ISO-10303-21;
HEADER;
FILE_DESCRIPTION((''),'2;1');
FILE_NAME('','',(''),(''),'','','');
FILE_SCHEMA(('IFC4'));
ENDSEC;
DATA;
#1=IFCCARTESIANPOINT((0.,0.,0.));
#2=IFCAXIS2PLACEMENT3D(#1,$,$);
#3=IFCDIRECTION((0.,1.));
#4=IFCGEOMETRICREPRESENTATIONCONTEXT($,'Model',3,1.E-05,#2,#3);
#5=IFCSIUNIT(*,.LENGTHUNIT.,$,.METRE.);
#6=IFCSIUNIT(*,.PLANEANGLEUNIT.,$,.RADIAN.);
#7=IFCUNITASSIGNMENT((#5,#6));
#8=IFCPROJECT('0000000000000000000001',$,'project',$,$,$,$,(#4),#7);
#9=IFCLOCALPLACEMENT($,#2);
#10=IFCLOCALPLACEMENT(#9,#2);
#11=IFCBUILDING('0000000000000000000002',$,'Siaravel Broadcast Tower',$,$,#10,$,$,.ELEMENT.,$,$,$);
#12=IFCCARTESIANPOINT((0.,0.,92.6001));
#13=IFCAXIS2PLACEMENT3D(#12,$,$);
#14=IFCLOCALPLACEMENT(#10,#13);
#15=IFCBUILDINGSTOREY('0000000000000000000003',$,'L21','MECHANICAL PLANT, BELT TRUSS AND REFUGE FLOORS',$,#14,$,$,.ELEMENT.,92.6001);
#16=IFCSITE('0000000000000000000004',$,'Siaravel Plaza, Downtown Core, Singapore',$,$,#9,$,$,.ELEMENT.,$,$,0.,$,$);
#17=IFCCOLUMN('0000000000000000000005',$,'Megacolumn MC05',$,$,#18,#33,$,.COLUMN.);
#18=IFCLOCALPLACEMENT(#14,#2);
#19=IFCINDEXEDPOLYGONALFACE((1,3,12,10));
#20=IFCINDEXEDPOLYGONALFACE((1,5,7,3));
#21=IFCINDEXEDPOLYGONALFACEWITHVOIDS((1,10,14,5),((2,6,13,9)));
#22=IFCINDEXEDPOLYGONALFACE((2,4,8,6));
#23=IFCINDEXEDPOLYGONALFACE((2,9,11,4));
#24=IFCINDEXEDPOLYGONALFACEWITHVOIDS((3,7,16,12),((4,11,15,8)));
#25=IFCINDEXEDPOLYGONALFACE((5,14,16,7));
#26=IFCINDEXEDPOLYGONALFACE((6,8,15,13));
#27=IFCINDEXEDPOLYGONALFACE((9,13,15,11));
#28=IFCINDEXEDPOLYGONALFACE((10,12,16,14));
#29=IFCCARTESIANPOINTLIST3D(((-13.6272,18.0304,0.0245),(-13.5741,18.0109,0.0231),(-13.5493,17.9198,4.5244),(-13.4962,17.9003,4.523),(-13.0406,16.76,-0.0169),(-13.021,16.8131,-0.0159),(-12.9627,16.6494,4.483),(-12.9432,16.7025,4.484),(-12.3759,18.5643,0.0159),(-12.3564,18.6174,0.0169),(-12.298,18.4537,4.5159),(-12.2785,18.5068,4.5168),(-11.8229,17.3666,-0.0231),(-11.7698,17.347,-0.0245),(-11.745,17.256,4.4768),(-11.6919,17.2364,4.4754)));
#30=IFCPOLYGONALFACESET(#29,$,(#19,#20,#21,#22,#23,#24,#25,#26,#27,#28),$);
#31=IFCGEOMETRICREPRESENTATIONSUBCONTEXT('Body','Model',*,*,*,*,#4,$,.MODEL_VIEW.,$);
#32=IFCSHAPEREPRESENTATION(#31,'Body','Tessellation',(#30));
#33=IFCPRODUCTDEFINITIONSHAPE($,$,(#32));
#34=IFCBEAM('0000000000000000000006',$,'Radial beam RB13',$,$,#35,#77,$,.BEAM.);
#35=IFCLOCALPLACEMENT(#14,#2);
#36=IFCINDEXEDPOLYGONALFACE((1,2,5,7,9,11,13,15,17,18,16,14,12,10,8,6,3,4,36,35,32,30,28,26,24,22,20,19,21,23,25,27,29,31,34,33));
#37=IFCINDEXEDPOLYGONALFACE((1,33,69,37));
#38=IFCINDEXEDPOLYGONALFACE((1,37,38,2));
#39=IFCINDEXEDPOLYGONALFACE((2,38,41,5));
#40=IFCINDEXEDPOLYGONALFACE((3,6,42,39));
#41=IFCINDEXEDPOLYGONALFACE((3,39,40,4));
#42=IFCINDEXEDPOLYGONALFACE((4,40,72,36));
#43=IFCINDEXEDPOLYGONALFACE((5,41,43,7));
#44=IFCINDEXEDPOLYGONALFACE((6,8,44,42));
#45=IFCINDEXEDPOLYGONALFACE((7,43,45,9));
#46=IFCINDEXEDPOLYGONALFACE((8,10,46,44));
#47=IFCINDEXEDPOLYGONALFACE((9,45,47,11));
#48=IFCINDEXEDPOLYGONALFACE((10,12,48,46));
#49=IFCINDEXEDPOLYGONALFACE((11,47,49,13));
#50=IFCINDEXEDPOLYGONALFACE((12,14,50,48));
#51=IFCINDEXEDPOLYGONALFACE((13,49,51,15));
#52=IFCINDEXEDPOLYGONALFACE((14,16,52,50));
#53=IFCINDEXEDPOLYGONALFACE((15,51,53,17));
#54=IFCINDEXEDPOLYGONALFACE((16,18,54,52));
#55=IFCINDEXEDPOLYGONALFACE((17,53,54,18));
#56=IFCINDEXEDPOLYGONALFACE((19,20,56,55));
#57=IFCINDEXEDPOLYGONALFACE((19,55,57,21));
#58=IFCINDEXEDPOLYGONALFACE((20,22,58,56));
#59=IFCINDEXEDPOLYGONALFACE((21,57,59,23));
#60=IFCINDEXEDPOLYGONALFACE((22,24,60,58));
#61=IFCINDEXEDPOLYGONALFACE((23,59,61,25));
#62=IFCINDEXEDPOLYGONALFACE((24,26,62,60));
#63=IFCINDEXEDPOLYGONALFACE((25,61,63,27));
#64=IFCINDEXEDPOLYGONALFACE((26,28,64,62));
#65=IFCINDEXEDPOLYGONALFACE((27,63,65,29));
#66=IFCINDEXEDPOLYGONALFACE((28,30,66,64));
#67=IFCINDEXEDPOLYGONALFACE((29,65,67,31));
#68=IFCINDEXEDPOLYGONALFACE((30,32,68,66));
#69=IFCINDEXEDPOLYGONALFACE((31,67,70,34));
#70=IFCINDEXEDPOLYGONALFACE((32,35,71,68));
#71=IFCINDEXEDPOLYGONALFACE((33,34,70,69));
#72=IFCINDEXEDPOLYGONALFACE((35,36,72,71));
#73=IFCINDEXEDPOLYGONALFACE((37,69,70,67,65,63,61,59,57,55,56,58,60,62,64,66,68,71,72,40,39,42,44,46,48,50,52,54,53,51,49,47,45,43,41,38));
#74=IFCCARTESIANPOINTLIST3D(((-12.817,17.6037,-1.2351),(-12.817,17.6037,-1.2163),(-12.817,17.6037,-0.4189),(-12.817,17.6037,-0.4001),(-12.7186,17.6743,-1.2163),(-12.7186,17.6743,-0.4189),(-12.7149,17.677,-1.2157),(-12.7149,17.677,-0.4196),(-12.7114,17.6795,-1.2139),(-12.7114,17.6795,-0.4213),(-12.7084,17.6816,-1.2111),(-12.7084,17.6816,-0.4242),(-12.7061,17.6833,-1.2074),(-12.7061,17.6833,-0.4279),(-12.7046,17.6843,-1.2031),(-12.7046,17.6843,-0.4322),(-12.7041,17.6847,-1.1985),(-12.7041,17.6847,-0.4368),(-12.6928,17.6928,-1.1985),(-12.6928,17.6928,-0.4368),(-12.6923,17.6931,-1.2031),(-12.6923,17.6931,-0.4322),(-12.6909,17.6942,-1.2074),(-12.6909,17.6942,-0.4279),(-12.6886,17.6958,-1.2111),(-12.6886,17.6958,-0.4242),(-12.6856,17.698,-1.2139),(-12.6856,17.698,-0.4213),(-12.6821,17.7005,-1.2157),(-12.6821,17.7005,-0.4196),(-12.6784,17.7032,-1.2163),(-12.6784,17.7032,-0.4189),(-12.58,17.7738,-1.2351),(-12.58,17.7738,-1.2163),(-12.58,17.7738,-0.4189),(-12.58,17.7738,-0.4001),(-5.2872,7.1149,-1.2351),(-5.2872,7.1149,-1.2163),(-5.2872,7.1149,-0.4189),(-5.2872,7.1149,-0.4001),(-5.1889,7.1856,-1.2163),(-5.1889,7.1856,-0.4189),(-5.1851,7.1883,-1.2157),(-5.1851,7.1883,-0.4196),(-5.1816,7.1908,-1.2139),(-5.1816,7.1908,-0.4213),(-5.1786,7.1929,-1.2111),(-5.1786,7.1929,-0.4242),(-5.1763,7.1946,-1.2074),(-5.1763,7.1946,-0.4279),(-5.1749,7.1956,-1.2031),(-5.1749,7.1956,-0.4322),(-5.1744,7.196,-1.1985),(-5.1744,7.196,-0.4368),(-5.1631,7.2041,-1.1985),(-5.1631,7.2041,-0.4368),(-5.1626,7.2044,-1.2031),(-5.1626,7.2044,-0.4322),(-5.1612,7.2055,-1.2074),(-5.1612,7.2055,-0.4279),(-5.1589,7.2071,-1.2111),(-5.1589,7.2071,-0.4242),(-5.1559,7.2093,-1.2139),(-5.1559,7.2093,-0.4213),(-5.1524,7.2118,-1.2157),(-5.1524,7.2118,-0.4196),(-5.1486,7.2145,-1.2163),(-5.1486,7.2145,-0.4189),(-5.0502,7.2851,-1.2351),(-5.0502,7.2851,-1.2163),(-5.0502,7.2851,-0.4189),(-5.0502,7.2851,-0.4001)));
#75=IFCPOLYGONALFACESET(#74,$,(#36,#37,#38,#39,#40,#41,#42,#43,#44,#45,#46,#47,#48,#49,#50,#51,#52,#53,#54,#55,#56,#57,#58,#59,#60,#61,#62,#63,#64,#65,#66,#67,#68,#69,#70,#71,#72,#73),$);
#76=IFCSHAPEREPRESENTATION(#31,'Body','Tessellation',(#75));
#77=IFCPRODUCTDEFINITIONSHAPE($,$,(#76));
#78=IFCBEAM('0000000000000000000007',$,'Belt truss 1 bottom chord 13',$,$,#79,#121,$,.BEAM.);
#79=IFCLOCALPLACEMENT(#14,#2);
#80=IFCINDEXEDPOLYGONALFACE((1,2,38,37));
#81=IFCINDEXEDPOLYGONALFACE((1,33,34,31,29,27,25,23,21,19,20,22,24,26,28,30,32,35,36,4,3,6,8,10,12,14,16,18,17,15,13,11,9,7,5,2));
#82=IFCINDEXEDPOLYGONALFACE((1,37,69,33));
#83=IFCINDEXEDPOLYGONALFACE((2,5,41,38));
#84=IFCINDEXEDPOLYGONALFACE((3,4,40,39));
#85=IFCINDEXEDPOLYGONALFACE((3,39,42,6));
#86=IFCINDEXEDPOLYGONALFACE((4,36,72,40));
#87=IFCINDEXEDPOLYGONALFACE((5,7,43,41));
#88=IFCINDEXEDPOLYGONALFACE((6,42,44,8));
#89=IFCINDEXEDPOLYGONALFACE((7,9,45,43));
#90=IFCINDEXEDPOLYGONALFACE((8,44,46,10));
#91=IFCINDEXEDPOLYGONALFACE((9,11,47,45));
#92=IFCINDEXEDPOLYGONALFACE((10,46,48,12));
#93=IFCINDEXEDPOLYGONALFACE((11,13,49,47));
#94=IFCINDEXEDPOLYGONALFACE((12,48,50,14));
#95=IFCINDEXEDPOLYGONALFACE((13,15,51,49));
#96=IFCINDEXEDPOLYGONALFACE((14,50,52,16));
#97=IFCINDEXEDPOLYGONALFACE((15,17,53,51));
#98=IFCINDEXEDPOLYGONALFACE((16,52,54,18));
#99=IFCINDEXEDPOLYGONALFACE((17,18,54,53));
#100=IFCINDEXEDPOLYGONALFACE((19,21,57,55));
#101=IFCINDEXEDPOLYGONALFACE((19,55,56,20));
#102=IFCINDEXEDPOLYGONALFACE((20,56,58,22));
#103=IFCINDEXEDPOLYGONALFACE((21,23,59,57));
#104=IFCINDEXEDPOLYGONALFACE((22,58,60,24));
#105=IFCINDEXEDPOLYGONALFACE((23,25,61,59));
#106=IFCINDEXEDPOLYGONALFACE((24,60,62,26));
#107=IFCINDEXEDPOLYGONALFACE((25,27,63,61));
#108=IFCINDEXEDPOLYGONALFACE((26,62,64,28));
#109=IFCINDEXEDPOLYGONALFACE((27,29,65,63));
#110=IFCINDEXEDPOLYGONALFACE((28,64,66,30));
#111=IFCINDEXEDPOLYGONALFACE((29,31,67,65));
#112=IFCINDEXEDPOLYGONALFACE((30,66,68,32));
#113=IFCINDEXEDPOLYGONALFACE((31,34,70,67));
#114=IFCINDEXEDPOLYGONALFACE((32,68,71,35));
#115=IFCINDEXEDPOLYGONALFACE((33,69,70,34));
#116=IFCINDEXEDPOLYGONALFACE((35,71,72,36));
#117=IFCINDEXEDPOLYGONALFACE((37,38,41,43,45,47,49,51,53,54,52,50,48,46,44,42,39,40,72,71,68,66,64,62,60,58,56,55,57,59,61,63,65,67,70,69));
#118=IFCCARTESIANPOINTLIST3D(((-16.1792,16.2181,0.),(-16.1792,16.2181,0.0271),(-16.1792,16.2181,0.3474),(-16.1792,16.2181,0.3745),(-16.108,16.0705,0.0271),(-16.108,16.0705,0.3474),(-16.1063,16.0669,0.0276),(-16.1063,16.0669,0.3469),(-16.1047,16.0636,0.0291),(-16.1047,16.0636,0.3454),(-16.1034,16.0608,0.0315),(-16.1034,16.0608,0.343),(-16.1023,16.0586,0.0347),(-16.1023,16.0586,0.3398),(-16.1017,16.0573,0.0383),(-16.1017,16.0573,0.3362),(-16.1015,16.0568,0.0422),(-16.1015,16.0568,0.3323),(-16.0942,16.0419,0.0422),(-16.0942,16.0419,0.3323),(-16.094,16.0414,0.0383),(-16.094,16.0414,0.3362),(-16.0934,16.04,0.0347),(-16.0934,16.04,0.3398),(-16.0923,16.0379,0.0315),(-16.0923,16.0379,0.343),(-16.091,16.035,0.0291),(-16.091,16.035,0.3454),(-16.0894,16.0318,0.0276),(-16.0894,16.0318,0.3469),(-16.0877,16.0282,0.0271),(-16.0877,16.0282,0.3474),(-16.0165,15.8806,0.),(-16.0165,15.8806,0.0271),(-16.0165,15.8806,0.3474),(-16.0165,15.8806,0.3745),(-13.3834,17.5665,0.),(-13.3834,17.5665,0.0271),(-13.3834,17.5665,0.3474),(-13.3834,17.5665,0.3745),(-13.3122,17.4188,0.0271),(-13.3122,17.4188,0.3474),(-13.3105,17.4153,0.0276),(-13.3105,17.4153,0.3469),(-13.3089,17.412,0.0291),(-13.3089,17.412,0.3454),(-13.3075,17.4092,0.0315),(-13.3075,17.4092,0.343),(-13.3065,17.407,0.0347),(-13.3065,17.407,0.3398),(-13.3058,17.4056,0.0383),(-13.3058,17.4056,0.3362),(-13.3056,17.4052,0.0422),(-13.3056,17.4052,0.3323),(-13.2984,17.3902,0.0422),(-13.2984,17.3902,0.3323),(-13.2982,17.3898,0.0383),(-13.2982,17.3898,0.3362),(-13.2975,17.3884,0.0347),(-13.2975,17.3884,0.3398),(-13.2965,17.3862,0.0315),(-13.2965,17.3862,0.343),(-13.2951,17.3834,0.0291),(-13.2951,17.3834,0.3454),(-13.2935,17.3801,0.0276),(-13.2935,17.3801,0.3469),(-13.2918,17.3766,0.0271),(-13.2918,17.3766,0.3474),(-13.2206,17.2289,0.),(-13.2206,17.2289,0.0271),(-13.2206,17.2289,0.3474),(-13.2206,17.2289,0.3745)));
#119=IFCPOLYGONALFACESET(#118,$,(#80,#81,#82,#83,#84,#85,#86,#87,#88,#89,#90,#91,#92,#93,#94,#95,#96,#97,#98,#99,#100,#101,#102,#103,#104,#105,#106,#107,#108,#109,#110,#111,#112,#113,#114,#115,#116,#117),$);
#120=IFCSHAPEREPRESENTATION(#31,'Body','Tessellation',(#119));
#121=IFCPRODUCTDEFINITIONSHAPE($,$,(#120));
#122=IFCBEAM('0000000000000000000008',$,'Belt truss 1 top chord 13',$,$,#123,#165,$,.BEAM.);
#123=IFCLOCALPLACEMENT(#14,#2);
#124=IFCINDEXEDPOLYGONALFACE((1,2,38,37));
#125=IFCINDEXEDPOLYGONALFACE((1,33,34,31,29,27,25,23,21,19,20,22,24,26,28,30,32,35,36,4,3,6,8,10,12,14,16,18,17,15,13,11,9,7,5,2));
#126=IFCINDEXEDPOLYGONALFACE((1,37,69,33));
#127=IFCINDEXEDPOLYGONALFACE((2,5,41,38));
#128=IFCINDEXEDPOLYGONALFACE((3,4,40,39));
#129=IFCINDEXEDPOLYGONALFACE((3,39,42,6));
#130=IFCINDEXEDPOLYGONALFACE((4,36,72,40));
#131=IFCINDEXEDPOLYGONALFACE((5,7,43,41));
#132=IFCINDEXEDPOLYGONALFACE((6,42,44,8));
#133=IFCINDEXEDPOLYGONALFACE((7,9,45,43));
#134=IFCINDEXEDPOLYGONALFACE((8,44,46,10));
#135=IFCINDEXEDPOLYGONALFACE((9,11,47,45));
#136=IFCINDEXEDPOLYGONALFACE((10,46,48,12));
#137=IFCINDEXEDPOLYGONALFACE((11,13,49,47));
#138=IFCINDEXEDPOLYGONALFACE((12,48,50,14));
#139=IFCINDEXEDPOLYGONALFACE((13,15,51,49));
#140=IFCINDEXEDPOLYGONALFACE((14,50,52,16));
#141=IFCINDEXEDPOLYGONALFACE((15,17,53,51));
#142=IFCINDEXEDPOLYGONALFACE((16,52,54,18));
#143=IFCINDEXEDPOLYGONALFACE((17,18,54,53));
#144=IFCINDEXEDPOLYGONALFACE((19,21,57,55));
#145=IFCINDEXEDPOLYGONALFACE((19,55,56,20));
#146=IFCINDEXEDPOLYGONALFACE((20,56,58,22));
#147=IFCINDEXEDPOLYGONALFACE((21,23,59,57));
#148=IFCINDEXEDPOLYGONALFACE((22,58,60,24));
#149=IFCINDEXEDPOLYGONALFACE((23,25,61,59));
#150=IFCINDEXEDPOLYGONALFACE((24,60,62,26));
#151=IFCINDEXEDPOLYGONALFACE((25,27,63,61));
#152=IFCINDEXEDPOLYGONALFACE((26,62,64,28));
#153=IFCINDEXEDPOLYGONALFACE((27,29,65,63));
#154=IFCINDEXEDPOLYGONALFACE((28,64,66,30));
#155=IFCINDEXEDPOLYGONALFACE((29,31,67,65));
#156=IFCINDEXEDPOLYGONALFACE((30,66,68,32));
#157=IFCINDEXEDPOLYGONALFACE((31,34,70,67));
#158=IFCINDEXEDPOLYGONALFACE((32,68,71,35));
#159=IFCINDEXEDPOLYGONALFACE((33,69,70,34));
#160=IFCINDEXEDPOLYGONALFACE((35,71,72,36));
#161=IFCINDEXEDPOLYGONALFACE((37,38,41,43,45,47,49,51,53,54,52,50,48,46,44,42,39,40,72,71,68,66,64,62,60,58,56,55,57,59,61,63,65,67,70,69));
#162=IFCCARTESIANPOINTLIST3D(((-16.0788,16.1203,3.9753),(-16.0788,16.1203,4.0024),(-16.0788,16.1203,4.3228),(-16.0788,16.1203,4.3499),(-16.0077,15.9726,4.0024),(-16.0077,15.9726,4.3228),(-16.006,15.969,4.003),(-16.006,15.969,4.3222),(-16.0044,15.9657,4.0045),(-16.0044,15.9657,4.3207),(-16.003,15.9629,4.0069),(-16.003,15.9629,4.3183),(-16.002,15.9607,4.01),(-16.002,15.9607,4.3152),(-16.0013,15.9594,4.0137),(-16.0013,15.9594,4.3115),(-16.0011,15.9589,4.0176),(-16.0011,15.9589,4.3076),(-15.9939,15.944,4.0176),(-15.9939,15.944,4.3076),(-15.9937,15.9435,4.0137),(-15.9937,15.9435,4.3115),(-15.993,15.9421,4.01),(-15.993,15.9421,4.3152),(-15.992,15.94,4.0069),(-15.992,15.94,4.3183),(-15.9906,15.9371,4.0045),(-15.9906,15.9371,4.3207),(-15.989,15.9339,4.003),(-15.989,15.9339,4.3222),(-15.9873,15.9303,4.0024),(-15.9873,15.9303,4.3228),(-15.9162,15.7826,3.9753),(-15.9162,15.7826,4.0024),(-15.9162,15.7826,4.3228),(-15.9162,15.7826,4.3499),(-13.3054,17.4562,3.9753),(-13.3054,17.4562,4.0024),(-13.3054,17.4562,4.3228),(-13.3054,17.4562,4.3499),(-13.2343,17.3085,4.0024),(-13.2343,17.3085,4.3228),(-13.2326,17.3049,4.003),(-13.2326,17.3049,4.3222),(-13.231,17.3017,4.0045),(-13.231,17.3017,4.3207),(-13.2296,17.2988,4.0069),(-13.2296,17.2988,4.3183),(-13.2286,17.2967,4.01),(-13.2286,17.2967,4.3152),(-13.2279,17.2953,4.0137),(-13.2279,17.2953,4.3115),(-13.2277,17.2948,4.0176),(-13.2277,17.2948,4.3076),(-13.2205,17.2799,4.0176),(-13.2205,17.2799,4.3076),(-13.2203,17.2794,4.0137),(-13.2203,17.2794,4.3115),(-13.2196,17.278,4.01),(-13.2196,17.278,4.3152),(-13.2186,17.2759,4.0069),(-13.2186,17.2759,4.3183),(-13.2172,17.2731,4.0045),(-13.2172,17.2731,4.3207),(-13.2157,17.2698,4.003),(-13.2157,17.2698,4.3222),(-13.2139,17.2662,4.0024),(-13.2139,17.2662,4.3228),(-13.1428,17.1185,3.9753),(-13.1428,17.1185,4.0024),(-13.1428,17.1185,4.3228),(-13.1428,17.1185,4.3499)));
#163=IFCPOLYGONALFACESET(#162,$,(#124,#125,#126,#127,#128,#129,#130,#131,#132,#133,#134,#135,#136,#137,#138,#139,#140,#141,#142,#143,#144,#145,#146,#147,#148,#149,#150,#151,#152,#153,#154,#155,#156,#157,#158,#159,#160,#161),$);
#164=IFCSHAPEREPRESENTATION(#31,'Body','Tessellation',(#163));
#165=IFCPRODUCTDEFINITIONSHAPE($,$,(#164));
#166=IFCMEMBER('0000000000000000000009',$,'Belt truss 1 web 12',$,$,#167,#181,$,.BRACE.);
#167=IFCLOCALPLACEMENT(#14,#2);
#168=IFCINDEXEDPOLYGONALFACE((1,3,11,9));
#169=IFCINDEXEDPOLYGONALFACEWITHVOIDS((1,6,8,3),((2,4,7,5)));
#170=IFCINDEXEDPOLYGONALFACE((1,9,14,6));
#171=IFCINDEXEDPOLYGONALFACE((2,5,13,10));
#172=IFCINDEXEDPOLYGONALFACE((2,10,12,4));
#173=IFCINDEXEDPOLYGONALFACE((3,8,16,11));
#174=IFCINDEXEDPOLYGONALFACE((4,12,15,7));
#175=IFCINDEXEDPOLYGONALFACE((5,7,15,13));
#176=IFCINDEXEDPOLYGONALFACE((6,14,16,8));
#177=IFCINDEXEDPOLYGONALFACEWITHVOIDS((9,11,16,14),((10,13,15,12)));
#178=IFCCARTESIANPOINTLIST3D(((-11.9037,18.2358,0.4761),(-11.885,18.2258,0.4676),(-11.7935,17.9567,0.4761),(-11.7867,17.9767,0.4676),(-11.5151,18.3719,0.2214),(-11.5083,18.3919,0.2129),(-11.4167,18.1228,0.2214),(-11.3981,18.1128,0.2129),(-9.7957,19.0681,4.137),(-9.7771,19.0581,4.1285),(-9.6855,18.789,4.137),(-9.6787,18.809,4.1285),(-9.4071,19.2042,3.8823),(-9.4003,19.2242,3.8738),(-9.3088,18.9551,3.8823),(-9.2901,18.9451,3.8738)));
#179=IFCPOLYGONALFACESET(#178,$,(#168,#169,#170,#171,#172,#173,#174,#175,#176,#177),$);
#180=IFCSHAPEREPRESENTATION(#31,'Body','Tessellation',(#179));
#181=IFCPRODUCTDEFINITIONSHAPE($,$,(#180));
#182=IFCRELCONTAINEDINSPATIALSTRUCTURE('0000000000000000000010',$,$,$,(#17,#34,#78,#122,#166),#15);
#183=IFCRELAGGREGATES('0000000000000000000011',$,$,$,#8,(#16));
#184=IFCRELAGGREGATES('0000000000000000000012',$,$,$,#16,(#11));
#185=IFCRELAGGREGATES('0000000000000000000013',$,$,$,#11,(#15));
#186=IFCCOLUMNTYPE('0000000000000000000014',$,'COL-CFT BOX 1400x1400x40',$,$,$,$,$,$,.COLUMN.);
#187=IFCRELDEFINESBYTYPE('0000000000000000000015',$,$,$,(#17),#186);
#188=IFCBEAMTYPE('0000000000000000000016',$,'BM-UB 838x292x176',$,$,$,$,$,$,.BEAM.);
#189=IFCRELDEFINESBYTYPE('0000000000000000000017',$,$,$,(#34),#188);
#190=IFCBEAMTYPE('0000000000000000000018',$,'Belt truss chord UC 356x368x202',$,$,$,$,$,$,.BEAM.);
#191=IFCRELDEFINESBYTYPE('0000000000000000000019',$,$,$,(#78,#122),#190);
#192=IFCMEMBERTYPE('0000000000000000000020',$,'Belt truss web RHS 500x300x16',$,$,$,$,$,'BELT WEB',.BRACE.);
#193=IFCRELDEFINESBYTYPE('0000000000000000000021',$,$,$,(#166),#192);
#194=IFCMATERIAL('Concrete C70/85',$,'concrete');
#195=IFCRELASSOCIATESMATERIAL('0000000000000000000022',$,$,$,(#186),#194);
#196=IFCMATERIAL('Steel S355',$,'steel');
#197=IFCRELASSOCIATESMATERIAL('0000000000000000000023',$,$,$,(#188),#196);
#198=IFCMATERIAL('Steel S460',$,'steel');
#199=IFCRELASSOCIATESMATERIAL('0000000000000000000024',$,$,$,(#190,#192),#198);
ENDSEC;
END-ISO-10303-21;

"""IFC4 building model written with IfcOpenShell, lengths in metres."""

from ifc_helpers import new_model, si_unit, direction, frame, origin, origin_2d, place, context, subcontext, project, spatial, hollow_rectangle, i_section, extrude, material, material_profile, profile_set, type_object, element, save


model = new_model("IFC4")

# Units and contexts
model_context = context("Model", 3, precision=1e-05, world=origin(), true_north=direction((0.0, 1.0)))
body_context = subcontext(model_context, "Body", "Model", "MODEL_VIEW")
ifc_project = project(units=[si_unit("LENGTHUNIT", "METRE"), si_unit("PLANEANGLEUNIT", "RADIAN")], contexts=[model_context])

# Site, building, storey
site_placement = place(None, origin())
site = spatial("IfcSite", under=ifc_project, at=site_placement, Name="Siaravel Plaza, Downtown Core, Singapore", CompositionType="ELEMENT", RefElevation=0.0)
building_placement = place(site_placement, origin())
building = spatial("IfcBuilding", under=site, at=building_placement, Name="Siaravel Broadcast Tower", CompositionType="ELEMENT")
storey_placement = place(building_placement, frame((0.0, 0.0, 92.6001)))
storey = spatial("IfcBuildingStorey", under=building, at=storey_placement, Name="L21", Description="MECHANICAL PLANT, BELT TRUSS AND REFUGE FLOORS", CompositionType="ELEMENT", Elevation=92.6001)

# Column
ifc_material_1 = material(Name="Concrete C70/85", Category="concrete")
ifc_material_profile_1 = material_profile(ifc_material_1, hollow_rectangle(XDim=1.3999, YDim=1.3999, WallThickness=0.04, at=origin_2d()))
ifc_profile_set_1 = profile_set([ifc_material_profile_1], Name="Concrete C70/85")
column_type = type_object("IfcColumnType", Name="COL-CFT BOX 1400x1400x40", PredefinedType="COLUMN", material=ifc_profile_set_1)
column_placement = place(storey_placement, frame((-12.6985, 17.6887, 0.0), z_axis=(0.017299, -0.024566, 0.999549), x_axis=(0.907811, 0.419344, -0.005405)))
element("IfcColumn", 1, at=column_placement, inside=storey, type_object=column_type, Name="Megacolumn MC05", PredefinedType="COLUMN", context=body_context, shape_type="SweptSolid", body=[
    extrude(hollow_rectangle(XDim=1.3999, YDim=1.3999, WallThickness=0.04, at=origin_2d()), origin(), (0.0, 0.0, 1.0), 4.502),
])

# Beams
ifc_material_2 = material(Name="Steel S355", Category="steel")
ifc_material_profile_2 = material_profile(ifc_material_2, i_section(OverallWidth=0.2917, OverallDepth=0.835, WebThickness=0.0139, FlangeThickness=0.0188, FilletRadius=0.0178, at=origin_2d()))
ifc_profile_set_2 = profile_set([ifc_material_profile_2], Name="Steel S355")
beam_type_1 = type_object("IfcBeamType", Name="BM-UB 838x292x176", PredefinedType="BEAM", material=ifc_profile_set_2)
beam_1_placement = place(storey_placement, frame((-12.6985, 17.6887, -0.8176), z_axis=(0.583175, -0.812346, 0.0), x_axis=(0.812346, 0.583175, 0.0)))
element("IfcBeam", 2, at=beam_1_placement, inside=storey, type_object=beam_type_1, Name="Radial beam RB13", PredefinedType="BEAM", context=body_context, shape_type="SweptSolid", body=[
    extrude(i_section(OverallWidth=0.2917, OverallDepth=0.835, WebThickness=0.0139, FlangeThickness=0.0188, FilletRadius=0.0178, at=origin_2d()), origin(), (0.0, 0.0, 1.0), 12.9116),
])
ifc_material_3 = material(Name="Steel S460", Category="steel")
ifc_material_profile_3 = material_profile(ifc_material_3, i_section(OverallWidth=0.3748, OverallDepth=0.3745, WebThickness=0.0166, FlangeThickness=0.0271, FilletRadius=0.0151, at=origin_2d()))
ifc_profile_set_3 = profile_set([ifc_material_profile_3], Name="Steel S460")
beam_type_2 = type_object("IfcBeamType", Name="Belt truss chord UC 356x368x202", PredefinedType="BEAM", material=ifc_profile_set_3)
beam_2_placement = place(storey_placement, frame((-13.302, 17.3977, 0.1873), z_axis=(-0.900723, -0.434395, 0.0), x_axis=(0.434395, -0.900723, 0.0)))
element("IfcBeam", 3, at=beam_2_placement, inside=storey, type_object=beam_type_2, Name="Belt truss 1 bottom chord 13", PredefinedType="BEAM", context=body_context, shape_type="SweptSolid", body=[
    extrude(i_section(OverallWidth=0.3748, OverallDepth=0.3745, WebThickness=0.0166, FlangeThickness=0.0271, FilletRadius=0.0151, at=origin_2d()), origin(), (0.0, 0.0, 1.0), 3.104),
])
beam_3_placement = place(storey_placement, frame((-13.2241, 17.2874, 4.1626), z_axis=(-0.900928, -0.433968, 0.0), x_axis=(0.433968, -0.900928, 0.0)))
element("IfcBeam", 4, at=beam_3_placement, inside=storey, type_object=beam_type_2, Name="Belt truss 1 top chord 13", PredefinedType="BEAM", context=body_context, shape_type="SweptSolid", body=[
    extrude(i_section(OverallWidth=0.3748, OverallDepth=0.3745, WebThickness=0.0166, FlangeThickness=0.0271, FilletRadius=0.0151, at=origin_2d()), origin(), (0.0, 0.0, 1.0), 3.0784),
])

# Member
ifc_material_profile_4 = material_profile(ifc_material_3, hollow_rectangle(XDim=0.3, YDim=0.5, WallThickness=0.0161, at=origin_2d()))
ifc_profile_set_4 = profile_set([ifc_material_profile_4], Name="Steel S460")
member_type = type_object("IfcMemberType", Name="Belt truss web RHS 500x300x16", ElementType="BELT WEB", PredefinedType="BRACE", material=ifc_profile_set_4)
member_1_placement = place(storey_placement, frame((-11.6509, 18.1743, 0.3445), z_axis=(0.489576, 0.193301, 0.850265), x_axis=(-0.367245, 0.930124, 0.0)))
element("IfcMember", 5, at=member_1_placement, inside=storey, type_object=member_type, Name="Belt truss 1 web 12", PredefinedType="BRACE", context=body_context, shape_type="SweptSolid", body=[
    extrude(hollow_rectangle(XDim=0.3, YDim=0.5, WallThickness=0.0161, at=origin_2d()), origin(), (0.0, 0.0, 1.0), 4.3057),
])

save(model, "model.ifc")
